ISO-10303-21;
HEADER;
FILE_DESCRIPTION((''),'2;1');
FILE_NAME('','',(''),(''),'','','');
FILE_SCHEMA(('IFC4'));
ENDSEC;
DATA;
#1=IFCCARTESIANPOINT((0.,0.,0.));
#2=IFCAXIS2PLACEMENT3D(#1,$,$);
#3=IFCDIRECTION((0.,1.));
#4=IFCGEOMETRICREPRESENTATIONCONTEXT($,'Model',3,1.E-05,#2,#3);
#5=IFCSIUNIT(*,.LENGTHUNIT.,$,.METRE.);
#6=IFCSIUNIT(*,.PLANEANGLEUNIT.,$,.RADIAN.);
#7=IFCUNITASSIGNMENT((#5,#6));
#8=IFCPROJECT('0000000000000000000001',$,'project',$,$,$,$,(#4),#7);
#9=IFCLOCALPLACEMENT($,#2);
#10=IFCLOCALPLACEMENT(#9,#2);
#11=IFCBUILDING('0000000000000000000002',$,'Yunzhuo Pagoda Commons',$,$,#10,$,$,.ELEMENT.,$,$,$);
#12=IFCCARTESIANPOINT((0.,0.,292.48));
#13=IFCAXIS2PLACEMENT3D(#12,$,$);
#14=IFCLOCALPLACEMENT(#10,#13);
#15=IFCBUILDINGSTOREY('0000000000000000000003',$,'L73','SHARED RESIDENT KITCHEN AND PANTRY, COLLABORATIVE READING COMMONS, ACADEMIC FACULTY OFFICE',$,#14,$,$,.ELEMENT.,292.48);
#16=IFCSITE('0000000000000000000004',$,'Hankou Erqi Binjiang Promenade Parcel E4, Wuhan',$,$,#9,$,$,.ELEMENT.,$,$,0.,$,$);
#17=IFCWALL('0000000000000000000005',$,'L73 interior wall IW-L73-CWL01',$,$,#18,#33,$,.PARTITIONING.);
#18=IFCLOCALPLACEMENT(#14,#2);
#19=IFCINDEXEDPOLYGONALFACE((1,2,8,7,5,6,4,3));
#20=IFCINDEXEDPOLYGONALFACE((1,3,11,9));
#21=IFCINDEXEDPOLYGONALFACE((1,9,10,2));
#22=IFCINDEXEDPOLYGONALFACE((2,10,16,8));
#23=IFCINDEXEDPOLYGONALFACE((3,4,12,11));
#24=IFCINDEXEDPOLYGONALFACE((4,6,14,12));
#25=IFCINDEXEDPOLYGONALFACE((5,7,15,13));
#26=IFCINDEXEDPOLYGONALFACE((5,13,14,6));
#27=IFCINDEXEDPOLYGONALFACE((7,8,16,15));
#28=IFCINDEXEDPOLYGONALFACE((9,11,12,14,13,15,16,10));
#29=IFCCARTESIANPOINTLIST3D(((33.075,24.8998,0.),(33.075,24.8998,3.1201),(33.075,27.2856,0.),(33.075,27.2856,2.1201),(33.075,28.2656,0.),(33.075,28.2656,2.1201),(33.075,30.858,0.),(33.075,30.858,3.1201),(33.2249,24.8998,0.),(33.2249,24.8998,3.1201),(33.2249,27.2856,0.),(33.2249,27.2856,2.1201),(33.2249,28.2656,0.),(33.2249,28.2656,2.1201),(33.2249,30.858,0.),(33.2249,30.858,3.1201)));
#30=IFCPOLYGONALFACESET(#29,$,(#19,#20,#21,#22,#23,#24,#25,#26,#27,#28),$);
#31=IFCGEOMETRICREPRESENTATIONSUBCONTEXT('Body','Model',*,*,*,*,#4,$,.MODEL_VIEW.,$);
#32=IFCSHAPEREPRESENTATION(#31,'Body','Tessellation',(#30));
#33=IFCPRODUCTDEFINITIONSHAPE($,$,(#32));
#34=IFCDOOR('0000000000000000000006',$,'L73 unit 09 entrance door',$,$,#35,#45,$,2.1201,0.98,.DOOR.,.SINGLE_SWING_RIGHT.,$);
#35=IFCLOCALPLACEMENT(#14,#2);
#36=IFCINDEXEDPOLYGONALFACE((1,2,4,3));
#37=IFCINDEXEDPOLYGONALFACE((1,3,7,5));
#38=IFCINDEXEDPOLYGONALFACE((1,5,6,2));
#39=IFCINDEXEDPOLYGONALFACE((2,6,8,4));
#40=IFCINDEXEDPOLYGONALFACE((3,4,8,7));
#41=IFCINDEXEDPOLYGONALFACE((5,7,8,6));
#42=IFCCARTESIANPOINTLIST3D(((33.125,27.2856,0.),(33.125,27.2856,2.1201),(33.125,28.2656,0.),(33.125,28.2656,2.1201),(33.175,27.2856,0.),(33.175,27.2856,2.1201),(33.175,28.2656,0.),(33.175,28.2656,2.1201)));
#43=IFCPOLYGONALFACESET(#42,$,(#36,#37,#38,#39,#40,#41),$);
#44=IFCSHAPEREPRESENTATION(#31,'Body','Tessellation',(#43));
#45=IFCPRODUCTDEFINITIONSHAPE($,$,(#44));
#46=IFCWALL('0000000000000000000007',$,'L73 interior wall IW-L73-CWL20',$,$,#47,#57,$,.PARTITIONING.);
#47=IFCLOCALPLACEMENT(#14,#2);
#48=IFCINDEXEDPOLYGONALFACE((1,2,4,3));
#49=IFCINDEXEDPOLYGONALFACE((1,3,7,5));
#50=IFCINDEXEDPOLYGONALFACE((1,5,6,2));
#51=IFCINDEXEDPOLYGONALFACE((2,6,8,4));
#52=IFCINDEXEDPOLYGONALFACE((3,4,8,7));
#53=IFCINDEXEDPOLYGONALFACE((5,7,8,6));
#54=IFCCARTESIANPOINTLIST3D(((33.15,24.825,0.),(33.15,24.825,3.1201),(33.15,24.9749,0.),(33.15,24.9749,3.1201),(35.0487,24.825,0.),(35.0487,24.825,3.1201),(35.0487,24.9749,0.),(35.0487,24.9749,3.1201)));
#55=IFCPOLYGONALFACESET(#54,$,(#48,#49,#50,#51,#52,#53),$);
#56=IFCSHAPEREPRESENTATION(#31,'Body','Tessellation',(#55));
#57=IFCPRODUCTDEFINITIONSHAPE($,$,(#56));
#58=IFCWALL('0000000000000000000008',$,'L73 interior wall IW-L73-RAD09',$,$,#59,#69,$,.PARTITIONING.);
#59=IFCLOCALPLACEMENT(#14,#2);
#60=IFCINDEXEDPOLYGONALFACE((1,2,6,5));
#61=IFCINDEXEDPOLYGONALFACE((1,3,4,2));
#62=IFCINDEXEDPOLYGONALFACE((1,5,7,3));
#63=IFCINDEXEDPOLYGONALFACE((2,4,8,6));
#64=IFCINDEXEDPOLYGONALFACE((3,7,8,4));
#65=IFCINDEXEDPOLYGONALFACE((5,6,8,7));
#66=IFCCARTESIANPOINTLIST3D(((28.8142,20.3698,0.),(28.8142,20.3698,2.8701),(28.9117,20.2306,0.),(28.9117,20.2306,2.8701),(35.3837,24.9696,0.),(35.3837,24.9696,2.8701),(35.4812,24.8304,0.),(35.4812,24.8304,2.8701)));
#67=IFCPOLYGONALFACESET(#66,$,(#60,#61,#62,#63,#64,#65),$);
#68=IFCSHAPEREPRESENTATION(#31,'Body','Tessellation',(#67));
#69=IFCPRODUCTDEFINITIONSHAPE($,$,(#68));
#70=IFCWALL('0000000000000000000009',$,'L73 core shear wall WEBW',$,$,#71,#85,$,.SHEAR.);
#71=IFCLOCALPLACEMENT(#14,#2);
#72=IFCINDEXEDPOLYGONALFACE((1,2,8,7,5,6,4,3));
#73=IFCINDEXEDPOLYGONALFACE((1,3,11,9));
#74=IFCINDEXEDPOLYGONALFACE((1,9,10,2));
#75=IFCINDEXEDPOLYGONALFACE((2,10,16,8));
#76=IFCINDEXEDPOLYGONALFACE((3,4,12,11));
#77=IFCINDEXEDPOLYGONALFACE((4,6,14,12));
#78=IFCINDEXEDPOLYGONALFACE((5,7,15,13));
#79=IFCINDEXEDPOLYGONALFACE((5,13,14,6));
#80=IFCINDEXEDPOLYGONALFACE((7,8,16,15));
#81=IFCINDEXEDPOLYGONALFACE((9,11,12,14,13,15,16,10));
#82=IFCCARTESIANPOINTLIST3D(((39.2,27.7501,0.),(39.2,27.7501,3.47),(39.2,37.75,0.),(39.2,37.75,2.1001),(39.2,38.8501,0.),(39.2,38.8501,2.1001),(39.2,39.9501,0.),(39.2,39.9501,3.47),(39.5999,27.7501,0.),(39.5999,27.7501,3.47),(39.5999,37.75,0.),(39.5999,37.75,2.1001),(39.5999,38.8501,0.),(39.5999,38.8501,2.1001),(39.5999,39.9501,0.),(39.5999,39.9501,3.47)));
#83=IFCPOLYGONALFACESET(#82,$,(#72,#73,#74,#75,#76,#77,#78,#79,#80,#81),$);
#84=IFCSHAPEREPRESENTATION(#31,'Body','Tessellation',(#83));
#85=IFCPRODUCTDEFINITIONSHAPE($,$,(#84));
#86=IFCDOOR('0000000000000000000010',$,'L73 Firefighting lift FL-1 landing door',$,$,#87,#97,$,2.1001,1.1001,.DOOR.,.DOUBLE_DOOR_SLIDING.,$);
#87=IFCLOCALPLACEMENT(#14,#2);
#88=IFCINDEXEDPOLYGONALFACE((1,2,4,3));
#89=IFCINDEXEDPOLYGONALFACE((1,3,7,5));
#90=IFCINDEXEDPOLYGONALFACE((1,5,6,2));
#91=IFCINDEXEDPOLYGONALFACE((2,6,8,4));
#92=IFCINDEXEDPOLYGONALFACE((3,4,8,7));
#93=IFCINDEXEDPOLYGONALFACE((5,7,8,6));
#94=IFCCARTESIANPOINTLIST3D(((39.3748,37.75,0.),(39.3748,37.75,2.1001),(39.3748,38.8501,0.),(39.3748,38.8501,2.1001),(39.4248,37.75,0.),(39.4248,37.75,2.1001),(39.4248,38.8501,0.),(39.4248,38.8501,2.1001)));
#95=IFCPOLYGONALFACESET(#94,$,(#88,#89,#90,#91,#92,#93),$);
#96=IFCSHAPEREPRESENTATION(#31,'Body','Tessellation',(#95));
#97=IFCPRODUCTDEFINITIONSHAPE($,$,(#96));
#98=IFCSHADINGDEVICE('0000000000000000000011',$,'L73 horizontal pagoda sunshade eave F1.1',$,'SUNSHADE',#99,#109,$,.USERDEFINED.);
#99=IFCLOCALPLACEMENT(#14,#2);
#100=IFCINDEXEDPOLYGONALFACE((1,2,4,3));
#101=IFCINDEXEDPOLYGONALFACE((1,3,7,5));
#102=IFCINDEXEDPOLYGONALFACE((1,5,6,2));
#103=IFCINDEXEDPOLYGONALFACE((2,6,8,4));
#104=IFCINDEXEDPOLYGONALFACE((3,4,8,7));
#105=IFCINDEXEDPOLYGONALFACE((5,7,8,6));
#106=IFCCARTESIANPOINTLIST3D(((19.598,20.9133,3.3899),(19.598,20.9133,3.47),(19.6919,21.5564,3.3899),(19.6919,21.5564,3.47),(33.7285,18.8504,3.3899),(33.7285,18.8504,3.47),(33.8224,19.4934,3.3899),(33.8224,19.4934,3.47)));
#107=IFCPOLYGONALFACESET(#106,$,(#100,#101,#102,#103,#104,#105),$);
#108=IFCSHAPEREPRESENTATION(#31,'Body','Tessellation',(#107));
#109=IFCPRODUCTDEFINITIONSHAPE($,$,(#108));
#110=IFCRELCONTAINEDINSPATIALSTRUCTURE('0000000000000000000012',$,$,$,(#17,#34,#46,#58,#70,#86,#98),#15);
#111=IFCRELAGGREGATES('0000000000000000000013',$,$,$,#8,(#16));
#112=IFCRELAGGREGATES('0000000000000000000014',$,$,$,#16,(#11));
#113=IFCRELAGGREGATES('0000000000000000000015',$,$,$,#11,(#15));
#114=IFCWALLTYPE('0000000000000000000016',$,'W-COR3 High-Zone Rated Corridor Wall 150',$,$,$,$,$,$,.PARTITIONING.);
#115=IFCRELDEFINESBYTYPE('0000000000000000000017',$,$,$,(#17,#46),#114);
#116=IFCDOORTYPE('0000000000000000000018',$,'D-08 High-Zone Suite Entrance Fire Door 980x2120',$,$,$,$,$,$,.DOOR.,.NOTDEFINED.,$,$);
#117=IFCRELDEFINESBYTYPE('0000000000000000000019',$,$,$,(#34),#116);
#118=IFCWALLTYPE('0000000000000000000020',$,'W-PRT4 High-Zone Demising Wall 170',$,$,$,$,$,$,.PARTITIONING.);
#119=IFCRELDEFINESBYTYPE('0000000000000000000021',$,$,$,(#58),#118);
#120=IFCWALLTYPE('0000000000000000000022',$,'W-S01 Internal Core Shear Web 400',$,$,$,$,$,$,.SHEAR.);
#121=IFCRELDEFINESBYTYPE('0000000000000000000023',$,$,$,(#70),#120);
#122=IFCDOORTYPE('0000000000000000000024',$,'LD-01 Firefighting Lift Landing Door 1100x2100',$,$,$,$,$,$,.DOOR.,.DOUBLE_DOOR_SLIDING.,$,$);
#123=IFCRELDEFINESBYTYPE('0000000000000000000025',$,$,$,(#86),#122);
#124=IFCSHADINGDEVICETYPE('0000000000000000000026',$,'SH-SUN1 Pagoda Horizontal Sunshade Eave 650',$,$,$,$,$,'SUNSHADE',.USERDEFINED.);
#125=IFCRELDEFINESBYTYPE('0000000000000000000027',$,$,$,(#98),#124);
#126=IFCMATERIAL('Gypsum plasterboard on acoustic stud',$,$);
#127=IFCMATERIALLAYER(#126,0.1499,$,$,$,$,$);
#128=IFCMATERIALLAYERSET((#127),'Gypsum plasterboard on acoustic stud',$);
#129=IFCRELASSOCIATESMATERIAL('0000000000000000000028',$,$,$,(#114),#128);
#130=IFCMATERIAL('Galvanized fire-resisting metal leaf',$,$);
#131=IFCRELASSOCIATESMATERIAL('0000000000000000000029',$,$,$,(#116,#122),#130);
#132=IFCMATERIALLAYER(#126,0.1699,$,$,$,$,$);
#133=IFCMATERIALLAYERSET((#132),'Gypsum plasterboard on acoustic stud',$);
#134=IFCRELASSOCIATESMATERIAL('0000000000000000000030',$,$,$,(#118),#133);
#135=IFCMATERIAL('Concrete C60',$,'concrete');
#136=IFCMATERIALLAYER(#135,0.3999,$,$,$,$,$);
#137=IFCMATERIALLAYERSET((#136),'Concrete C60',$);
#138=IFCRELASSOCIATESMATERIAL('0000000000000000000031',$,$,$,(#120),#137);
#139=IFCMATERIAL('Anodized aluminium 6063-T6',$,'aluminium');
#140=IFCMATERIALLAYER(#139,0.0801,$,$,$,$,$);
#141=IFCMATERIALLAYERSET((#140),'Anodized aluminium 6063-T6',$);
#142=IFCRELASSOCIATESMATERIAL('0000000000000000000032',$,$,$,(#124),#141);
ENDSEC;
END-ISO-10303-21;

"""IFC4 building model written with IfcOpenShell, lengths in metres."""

from ifc_helpers import new_model, si_unit, direction, frame, frame_2d, origin, origin_with_axes, origin_2d, place, context, subcontext, project, spatial, rectangle, extrude, source, transform, mapped, material, layer, layer_set, type_object, element, fill, save


model = new_model("IFC4")

# Units and contexts
model_context = context("Model", 3, precision=1e-05, world=origin(), true_north=direction((0.0, 1.0)))
body_context = subcontext(model_context, "Body", "Model", "MODEL_VIEW")
ifc_project = project(units=[si_unit("LENGTHUNIT", "METRE"), si_unit("PLANEANGLEUNIT", "RADIAN")], contexts=[model_context])

# Site, building, storey
site_placement = place(None, origin())
site = spatial("IfcSite", under=ifc_project, at=site_placement, Name="Hankou Erqi Binjiang Promenade Parcel E4, Wuhan", CompositionType="ELEMENT", RefElevation=0.0)
building_placement = place(site_placement, origin())
building = spatial("IfcBuilding", under=site, at=building_placement, Name="Yunzhuo Pagoda Commons", CompositionType="ELEMENT")
storey_placement = place(building_placement, frame((0.0, 0.0, 292.48)))
storey = spatial("IfcBuildingStorey", under=building, at=storey_placement, Name="L73", Description="SHARED RESIDENT KITCHEN AND PANTRY, COLLABORATIVE READING COMMONS, ACADEMIC FACULTY OFFICE", CompositionType="ELEMENT", Elevation=292.48)

# Shared definitions
ifc_material_1 = material(Name="Anodized aluminium 6063-T6", Category="aluminium")

# Wall, opening, door
ifc_material_2 = material(Name="Gypsum plasterboard on acoustic stud")
ifc_layer_1 = layer(ifc_material_2, 0.1499)
ifc_layer_set_1 = layer_set([ifc_layer_1], Name="Gypsum plasterboard on acoustic stud")
wall_type_1 = type_object("IfcWallType", Name="W-COR3 High-Zone Rated Corridor Wall 150", PredefinedType="PARTITIONING", material=ifc_layer_set_1)
wall_1_placement = place(storey_placement, frame((33.1499, 24.8999, 0.0), z_axis=(0.0, 0.0, 1.0), x_axis=(0.0, 1.0, 0.0)))
wall_1 = element("IfcWall", 1, at=wall_1_placement, inside=storey, type_object=wall_type_1, Name="L73 interior wall IW-L73-CWL01", PredefinedType="PARTITIONING", context=body_context, shape_type="SweptSolid", body=[
    extrude(rectangle(XDim=5.9583, YDim=0.1499, at=frame_2d((2.979, 0.0))), origin(), (0.0, 0.0, 1.0), 3.1201),
])
opening_1_placement = place(wall_1_placement, frame((2.3857, 0.0, 0.0)))
opening_1 = element("IfcOpeningElement", 2, at=opening_1_placement, cuts=wall_1, PredefinedType="OPENING", context=body_context, shape_type="SweptSolid", body=[
    extrude(rectangle(XDim=0.98, YDim=2.1201, at=frame_2d((0.49, 1.0601))), frame((0.0, 0.085, 0.0), z_axis=(0.0, -1.0, 0.0), x_axis=(1.0, 0.0, 0.0)), (0.0, 0.0, 1.0), 0.1699),
])
ifc_material_3 = material(Name="Galvanized fire-resisting metal leaf")
door_type_1 = type_object("IfcDoorType", Name="D-08 High-Zone Suite Entrance Fire Door 980x2120", OperationType="NOTDEFINED", PredefinedType="DOOR", material=ifc_material_3)
shared_shape_1 = source(origin(), body_context, "Body", "SweptSolid", [
    extrude(rectangle(XDim=0.98, YDim=2.1201, at=frame_2d((0.49, 1.0601))), frame((0.0, 0.0249, 0.0), z_axis=(0.0, -1.0, 0.0), x_axis=(1.0, 0.0, 0.0)), (0.0, 0.0, 1.0), 0.05),
])
door_1_placement = place(opening_1_placement, origin_with_axes())
door_1 = element("IfcDoor", 3, at=door_1_placement, inside=storey, type_object=door_type_1, Name="L73 unit 09 entrance door", OperationType="SINGLE_SWING_RIGHT", OverallHeight=2.1201, OverallWidth=0.98, PredefinedType="DOOR", context=body_context, shape_type="MappedRepresentation", body=[
    mapped(shared_shape_1, transform((0.0, 0.0, 0.0), scale=1.0)),
])
fill(opening_1, door_1)

# Walls
wall_2_placement = place(storey_placement, frame((35.0486, 24.8999, 0.0), z_axis=(0.0, 0.0, 1.0), x_axis=(-1.0, 0.0, 0.0)))
element("IfcWall", 4, at=wall_2_placement, inside=storey, type_object=wall_type_1, Name="L73 interior wall IW-L73-CWL20", PredefinedType="PARTITIONING", context=body_context, shape_type="SweptSolid", body=[
    extrude(rectangle(XDim=1.8987, YDim=0.1499, at=frame_2d((0.9492, 0.0))), origin(), (0.0, 0.0, 1.0), 3.1201),
])
ifc_layer_2 = layer(ifc_material_2, 0.1699)
ifc_layer_set_2 = layer_set([ifc_layer_2], Name="Gypsum plasterboard on acoustic stud")
wall_type_2 = type_object("IfcWallType", Name="W-PRT4 High-Zone Demising Wall 170", PredefinedType="PARTITIONING", material=ifc_layer_set_2)
wall_3_placement = place(storey_placement, frame((35.4324, 24.8999, 0.0), z_axis=(0.0, 0.0, 1.0), x_axis=(-0.819165, -0.573558, 0.0)))
element("IfcWall", 5, at=wall_3_placement, inside=storey, type_object=wall_type_2, Name="L73 interior wall IW-L73-RAD09", PredefinedType="PARTITIONING", context=body_context, shape_type="SweptSolid", body=[
    extrude(rectangle(XDim=8.0198, YDim=0.1699, at=frame_2d((4.0098, 0.0))), origin(), (0.0, 0.0, 1.0), 2.8701),
])

# Wall, opening, door
ifc_material_4 = material(Name="Concrete C60", Category="concrete")
ifc_layer_3 = layer(ifc_material_4, 0.3999)
ifc_layer_set_3 = layer_set([ifc_layer_3], Name="Concrete C60")
wall_type_3 = type_object("IfcWallType", Name="W-S01 Internal Core Shear Web 400", PredefinedType="SHEAR", material=ifc_layer_set_3)
wall_4_placement = place(storey_placement, frame((39.3999, 27.75, 0.0), z_axis=(0.0, 0.0, 1.0), x_axis=(0.0, 1.0, 0.0)))
wall_4 = element("IfcWall", 6, at=wall_4_placement, inside=storey, type_object=wall_type_3, Name="L73 core shear wall WEBW", PredefinedType="SHEAR", context=body_context, shape_type="SweptSolid", body=[
    extrude(rectangle(XDim=12.2, YDim=0.3999, at=frame_2d((6.1001, 0.0))), origin(), (0.0, 0.0, 1.0), 3.47),
])
opening_2_placement = place(wall_4_placement, frame((10.0, 0.0, 0.0)))
opening_2 = element("IfcOpeningElement", 7, at=opening_2_placement, cuts=wall_4, PredefinedType="OPENING", context=body_context, shape_type="SweptSolid", body=[
    extrude(rectangle(XDim=1.1001, YDim=2.1001, at=frame_2d((0.55, 1.05))), frame((0.0, 0.21, 0.0), z_axis=(0.0, -1.0, 0.0), x_axis=(1.0, 0.0, 0.0)), (0.0, 0.0, 1.0), 0.4199),
])
door_type_2 = type_object("IfcDoorType", Name="LD-01 Firefighting Lift Landing Door 1100x2100", OperationType="DOUBLE_DOOR_SLIDING", PredefinedType="DOOR", material=ifc_material_3)
shared_shape_2 = source(origin(), body_context, "Body", "SweptSolid", [
    extrude(rectangle(XDim=1.1001, YDim=2.1001, at=frame_2d((0.55, 1.05))), frame((0.0, 0.0249, 0.0), z_axis=(0.0, -1.0, 0.0), x_axis=(1.0, 0.0, 0.0)), (0.0, 0.0, 1.0), 0.05),
])
door_2_placement = place(opening_2_placement, frame((1.1001, 0.0, 0.0), z_axis=(0.0, 0.0, 1.0), x_axis=(-1.0, 0.0, 0.0)))
door_2 = element("IfcDoor", 8, at=door_2_placement, inside=storey, type_object=door_type_2, Name="L73 Firefighting lift FL-1 landing door", OperationType="DOUBLE_DOOR_SLIDING", OverallHeight=2.1001, OverallWidth=1.1001, PredefinedType="DOOR", context=body_context, shape_type="MappedRepresentation", body=[
    mapped(shared_shape_2, transform((0.0, 0.0, 0.0), scale=1.0)),
])
fill(opening_2, door_2)

# Shading device
ifc_layer_4 = layer(ifc_material_1, 0.0801)
ifc_layer_set_4 = layer_set([ifc_layer_4], Name="Anodized aluminium 6063-T6")
shading_device_type = type_object("IfcShadingDeviceType", Name="SH-SUN1 Pagoda Horizontal Sunshade Eave 650", ElementType="SUNSHADE", PredefinedType="USERDEFINED", material=ifc_layer_set_4)
shared_shape_3 = source(origin(), body_context, "Body", "SweptSolid", [
    extrude(rectangle(XDim=14.2803, YDim=0.6499, at=origin_2d()), origin(), (0.0, 0.0, 1.0), 0.0801),
])
shading_device_placement = place(storey_placement, frame((26.7102, 20.2034, 3.3899), z_axis=(0.0, 0.0, 1.0), x_axis=(0.989511, -0.14446, 0.0)))
element("IfcShadingDevice", 9, at=shading_device_placement, inside=storey, type_object=shading_device_type, Name="L73 horizontal pagoda sunshade eave F1.1", ObjectType="SUNSHADE", PredefinedType="USERDEFINED", context=body_context, shape_type="MappedRepresentation", body=[
    mapped(shared_shape_3, transform((0.0, 0.0, 0.0), scale=1.0)),
])

save(model, "model.ifc")
